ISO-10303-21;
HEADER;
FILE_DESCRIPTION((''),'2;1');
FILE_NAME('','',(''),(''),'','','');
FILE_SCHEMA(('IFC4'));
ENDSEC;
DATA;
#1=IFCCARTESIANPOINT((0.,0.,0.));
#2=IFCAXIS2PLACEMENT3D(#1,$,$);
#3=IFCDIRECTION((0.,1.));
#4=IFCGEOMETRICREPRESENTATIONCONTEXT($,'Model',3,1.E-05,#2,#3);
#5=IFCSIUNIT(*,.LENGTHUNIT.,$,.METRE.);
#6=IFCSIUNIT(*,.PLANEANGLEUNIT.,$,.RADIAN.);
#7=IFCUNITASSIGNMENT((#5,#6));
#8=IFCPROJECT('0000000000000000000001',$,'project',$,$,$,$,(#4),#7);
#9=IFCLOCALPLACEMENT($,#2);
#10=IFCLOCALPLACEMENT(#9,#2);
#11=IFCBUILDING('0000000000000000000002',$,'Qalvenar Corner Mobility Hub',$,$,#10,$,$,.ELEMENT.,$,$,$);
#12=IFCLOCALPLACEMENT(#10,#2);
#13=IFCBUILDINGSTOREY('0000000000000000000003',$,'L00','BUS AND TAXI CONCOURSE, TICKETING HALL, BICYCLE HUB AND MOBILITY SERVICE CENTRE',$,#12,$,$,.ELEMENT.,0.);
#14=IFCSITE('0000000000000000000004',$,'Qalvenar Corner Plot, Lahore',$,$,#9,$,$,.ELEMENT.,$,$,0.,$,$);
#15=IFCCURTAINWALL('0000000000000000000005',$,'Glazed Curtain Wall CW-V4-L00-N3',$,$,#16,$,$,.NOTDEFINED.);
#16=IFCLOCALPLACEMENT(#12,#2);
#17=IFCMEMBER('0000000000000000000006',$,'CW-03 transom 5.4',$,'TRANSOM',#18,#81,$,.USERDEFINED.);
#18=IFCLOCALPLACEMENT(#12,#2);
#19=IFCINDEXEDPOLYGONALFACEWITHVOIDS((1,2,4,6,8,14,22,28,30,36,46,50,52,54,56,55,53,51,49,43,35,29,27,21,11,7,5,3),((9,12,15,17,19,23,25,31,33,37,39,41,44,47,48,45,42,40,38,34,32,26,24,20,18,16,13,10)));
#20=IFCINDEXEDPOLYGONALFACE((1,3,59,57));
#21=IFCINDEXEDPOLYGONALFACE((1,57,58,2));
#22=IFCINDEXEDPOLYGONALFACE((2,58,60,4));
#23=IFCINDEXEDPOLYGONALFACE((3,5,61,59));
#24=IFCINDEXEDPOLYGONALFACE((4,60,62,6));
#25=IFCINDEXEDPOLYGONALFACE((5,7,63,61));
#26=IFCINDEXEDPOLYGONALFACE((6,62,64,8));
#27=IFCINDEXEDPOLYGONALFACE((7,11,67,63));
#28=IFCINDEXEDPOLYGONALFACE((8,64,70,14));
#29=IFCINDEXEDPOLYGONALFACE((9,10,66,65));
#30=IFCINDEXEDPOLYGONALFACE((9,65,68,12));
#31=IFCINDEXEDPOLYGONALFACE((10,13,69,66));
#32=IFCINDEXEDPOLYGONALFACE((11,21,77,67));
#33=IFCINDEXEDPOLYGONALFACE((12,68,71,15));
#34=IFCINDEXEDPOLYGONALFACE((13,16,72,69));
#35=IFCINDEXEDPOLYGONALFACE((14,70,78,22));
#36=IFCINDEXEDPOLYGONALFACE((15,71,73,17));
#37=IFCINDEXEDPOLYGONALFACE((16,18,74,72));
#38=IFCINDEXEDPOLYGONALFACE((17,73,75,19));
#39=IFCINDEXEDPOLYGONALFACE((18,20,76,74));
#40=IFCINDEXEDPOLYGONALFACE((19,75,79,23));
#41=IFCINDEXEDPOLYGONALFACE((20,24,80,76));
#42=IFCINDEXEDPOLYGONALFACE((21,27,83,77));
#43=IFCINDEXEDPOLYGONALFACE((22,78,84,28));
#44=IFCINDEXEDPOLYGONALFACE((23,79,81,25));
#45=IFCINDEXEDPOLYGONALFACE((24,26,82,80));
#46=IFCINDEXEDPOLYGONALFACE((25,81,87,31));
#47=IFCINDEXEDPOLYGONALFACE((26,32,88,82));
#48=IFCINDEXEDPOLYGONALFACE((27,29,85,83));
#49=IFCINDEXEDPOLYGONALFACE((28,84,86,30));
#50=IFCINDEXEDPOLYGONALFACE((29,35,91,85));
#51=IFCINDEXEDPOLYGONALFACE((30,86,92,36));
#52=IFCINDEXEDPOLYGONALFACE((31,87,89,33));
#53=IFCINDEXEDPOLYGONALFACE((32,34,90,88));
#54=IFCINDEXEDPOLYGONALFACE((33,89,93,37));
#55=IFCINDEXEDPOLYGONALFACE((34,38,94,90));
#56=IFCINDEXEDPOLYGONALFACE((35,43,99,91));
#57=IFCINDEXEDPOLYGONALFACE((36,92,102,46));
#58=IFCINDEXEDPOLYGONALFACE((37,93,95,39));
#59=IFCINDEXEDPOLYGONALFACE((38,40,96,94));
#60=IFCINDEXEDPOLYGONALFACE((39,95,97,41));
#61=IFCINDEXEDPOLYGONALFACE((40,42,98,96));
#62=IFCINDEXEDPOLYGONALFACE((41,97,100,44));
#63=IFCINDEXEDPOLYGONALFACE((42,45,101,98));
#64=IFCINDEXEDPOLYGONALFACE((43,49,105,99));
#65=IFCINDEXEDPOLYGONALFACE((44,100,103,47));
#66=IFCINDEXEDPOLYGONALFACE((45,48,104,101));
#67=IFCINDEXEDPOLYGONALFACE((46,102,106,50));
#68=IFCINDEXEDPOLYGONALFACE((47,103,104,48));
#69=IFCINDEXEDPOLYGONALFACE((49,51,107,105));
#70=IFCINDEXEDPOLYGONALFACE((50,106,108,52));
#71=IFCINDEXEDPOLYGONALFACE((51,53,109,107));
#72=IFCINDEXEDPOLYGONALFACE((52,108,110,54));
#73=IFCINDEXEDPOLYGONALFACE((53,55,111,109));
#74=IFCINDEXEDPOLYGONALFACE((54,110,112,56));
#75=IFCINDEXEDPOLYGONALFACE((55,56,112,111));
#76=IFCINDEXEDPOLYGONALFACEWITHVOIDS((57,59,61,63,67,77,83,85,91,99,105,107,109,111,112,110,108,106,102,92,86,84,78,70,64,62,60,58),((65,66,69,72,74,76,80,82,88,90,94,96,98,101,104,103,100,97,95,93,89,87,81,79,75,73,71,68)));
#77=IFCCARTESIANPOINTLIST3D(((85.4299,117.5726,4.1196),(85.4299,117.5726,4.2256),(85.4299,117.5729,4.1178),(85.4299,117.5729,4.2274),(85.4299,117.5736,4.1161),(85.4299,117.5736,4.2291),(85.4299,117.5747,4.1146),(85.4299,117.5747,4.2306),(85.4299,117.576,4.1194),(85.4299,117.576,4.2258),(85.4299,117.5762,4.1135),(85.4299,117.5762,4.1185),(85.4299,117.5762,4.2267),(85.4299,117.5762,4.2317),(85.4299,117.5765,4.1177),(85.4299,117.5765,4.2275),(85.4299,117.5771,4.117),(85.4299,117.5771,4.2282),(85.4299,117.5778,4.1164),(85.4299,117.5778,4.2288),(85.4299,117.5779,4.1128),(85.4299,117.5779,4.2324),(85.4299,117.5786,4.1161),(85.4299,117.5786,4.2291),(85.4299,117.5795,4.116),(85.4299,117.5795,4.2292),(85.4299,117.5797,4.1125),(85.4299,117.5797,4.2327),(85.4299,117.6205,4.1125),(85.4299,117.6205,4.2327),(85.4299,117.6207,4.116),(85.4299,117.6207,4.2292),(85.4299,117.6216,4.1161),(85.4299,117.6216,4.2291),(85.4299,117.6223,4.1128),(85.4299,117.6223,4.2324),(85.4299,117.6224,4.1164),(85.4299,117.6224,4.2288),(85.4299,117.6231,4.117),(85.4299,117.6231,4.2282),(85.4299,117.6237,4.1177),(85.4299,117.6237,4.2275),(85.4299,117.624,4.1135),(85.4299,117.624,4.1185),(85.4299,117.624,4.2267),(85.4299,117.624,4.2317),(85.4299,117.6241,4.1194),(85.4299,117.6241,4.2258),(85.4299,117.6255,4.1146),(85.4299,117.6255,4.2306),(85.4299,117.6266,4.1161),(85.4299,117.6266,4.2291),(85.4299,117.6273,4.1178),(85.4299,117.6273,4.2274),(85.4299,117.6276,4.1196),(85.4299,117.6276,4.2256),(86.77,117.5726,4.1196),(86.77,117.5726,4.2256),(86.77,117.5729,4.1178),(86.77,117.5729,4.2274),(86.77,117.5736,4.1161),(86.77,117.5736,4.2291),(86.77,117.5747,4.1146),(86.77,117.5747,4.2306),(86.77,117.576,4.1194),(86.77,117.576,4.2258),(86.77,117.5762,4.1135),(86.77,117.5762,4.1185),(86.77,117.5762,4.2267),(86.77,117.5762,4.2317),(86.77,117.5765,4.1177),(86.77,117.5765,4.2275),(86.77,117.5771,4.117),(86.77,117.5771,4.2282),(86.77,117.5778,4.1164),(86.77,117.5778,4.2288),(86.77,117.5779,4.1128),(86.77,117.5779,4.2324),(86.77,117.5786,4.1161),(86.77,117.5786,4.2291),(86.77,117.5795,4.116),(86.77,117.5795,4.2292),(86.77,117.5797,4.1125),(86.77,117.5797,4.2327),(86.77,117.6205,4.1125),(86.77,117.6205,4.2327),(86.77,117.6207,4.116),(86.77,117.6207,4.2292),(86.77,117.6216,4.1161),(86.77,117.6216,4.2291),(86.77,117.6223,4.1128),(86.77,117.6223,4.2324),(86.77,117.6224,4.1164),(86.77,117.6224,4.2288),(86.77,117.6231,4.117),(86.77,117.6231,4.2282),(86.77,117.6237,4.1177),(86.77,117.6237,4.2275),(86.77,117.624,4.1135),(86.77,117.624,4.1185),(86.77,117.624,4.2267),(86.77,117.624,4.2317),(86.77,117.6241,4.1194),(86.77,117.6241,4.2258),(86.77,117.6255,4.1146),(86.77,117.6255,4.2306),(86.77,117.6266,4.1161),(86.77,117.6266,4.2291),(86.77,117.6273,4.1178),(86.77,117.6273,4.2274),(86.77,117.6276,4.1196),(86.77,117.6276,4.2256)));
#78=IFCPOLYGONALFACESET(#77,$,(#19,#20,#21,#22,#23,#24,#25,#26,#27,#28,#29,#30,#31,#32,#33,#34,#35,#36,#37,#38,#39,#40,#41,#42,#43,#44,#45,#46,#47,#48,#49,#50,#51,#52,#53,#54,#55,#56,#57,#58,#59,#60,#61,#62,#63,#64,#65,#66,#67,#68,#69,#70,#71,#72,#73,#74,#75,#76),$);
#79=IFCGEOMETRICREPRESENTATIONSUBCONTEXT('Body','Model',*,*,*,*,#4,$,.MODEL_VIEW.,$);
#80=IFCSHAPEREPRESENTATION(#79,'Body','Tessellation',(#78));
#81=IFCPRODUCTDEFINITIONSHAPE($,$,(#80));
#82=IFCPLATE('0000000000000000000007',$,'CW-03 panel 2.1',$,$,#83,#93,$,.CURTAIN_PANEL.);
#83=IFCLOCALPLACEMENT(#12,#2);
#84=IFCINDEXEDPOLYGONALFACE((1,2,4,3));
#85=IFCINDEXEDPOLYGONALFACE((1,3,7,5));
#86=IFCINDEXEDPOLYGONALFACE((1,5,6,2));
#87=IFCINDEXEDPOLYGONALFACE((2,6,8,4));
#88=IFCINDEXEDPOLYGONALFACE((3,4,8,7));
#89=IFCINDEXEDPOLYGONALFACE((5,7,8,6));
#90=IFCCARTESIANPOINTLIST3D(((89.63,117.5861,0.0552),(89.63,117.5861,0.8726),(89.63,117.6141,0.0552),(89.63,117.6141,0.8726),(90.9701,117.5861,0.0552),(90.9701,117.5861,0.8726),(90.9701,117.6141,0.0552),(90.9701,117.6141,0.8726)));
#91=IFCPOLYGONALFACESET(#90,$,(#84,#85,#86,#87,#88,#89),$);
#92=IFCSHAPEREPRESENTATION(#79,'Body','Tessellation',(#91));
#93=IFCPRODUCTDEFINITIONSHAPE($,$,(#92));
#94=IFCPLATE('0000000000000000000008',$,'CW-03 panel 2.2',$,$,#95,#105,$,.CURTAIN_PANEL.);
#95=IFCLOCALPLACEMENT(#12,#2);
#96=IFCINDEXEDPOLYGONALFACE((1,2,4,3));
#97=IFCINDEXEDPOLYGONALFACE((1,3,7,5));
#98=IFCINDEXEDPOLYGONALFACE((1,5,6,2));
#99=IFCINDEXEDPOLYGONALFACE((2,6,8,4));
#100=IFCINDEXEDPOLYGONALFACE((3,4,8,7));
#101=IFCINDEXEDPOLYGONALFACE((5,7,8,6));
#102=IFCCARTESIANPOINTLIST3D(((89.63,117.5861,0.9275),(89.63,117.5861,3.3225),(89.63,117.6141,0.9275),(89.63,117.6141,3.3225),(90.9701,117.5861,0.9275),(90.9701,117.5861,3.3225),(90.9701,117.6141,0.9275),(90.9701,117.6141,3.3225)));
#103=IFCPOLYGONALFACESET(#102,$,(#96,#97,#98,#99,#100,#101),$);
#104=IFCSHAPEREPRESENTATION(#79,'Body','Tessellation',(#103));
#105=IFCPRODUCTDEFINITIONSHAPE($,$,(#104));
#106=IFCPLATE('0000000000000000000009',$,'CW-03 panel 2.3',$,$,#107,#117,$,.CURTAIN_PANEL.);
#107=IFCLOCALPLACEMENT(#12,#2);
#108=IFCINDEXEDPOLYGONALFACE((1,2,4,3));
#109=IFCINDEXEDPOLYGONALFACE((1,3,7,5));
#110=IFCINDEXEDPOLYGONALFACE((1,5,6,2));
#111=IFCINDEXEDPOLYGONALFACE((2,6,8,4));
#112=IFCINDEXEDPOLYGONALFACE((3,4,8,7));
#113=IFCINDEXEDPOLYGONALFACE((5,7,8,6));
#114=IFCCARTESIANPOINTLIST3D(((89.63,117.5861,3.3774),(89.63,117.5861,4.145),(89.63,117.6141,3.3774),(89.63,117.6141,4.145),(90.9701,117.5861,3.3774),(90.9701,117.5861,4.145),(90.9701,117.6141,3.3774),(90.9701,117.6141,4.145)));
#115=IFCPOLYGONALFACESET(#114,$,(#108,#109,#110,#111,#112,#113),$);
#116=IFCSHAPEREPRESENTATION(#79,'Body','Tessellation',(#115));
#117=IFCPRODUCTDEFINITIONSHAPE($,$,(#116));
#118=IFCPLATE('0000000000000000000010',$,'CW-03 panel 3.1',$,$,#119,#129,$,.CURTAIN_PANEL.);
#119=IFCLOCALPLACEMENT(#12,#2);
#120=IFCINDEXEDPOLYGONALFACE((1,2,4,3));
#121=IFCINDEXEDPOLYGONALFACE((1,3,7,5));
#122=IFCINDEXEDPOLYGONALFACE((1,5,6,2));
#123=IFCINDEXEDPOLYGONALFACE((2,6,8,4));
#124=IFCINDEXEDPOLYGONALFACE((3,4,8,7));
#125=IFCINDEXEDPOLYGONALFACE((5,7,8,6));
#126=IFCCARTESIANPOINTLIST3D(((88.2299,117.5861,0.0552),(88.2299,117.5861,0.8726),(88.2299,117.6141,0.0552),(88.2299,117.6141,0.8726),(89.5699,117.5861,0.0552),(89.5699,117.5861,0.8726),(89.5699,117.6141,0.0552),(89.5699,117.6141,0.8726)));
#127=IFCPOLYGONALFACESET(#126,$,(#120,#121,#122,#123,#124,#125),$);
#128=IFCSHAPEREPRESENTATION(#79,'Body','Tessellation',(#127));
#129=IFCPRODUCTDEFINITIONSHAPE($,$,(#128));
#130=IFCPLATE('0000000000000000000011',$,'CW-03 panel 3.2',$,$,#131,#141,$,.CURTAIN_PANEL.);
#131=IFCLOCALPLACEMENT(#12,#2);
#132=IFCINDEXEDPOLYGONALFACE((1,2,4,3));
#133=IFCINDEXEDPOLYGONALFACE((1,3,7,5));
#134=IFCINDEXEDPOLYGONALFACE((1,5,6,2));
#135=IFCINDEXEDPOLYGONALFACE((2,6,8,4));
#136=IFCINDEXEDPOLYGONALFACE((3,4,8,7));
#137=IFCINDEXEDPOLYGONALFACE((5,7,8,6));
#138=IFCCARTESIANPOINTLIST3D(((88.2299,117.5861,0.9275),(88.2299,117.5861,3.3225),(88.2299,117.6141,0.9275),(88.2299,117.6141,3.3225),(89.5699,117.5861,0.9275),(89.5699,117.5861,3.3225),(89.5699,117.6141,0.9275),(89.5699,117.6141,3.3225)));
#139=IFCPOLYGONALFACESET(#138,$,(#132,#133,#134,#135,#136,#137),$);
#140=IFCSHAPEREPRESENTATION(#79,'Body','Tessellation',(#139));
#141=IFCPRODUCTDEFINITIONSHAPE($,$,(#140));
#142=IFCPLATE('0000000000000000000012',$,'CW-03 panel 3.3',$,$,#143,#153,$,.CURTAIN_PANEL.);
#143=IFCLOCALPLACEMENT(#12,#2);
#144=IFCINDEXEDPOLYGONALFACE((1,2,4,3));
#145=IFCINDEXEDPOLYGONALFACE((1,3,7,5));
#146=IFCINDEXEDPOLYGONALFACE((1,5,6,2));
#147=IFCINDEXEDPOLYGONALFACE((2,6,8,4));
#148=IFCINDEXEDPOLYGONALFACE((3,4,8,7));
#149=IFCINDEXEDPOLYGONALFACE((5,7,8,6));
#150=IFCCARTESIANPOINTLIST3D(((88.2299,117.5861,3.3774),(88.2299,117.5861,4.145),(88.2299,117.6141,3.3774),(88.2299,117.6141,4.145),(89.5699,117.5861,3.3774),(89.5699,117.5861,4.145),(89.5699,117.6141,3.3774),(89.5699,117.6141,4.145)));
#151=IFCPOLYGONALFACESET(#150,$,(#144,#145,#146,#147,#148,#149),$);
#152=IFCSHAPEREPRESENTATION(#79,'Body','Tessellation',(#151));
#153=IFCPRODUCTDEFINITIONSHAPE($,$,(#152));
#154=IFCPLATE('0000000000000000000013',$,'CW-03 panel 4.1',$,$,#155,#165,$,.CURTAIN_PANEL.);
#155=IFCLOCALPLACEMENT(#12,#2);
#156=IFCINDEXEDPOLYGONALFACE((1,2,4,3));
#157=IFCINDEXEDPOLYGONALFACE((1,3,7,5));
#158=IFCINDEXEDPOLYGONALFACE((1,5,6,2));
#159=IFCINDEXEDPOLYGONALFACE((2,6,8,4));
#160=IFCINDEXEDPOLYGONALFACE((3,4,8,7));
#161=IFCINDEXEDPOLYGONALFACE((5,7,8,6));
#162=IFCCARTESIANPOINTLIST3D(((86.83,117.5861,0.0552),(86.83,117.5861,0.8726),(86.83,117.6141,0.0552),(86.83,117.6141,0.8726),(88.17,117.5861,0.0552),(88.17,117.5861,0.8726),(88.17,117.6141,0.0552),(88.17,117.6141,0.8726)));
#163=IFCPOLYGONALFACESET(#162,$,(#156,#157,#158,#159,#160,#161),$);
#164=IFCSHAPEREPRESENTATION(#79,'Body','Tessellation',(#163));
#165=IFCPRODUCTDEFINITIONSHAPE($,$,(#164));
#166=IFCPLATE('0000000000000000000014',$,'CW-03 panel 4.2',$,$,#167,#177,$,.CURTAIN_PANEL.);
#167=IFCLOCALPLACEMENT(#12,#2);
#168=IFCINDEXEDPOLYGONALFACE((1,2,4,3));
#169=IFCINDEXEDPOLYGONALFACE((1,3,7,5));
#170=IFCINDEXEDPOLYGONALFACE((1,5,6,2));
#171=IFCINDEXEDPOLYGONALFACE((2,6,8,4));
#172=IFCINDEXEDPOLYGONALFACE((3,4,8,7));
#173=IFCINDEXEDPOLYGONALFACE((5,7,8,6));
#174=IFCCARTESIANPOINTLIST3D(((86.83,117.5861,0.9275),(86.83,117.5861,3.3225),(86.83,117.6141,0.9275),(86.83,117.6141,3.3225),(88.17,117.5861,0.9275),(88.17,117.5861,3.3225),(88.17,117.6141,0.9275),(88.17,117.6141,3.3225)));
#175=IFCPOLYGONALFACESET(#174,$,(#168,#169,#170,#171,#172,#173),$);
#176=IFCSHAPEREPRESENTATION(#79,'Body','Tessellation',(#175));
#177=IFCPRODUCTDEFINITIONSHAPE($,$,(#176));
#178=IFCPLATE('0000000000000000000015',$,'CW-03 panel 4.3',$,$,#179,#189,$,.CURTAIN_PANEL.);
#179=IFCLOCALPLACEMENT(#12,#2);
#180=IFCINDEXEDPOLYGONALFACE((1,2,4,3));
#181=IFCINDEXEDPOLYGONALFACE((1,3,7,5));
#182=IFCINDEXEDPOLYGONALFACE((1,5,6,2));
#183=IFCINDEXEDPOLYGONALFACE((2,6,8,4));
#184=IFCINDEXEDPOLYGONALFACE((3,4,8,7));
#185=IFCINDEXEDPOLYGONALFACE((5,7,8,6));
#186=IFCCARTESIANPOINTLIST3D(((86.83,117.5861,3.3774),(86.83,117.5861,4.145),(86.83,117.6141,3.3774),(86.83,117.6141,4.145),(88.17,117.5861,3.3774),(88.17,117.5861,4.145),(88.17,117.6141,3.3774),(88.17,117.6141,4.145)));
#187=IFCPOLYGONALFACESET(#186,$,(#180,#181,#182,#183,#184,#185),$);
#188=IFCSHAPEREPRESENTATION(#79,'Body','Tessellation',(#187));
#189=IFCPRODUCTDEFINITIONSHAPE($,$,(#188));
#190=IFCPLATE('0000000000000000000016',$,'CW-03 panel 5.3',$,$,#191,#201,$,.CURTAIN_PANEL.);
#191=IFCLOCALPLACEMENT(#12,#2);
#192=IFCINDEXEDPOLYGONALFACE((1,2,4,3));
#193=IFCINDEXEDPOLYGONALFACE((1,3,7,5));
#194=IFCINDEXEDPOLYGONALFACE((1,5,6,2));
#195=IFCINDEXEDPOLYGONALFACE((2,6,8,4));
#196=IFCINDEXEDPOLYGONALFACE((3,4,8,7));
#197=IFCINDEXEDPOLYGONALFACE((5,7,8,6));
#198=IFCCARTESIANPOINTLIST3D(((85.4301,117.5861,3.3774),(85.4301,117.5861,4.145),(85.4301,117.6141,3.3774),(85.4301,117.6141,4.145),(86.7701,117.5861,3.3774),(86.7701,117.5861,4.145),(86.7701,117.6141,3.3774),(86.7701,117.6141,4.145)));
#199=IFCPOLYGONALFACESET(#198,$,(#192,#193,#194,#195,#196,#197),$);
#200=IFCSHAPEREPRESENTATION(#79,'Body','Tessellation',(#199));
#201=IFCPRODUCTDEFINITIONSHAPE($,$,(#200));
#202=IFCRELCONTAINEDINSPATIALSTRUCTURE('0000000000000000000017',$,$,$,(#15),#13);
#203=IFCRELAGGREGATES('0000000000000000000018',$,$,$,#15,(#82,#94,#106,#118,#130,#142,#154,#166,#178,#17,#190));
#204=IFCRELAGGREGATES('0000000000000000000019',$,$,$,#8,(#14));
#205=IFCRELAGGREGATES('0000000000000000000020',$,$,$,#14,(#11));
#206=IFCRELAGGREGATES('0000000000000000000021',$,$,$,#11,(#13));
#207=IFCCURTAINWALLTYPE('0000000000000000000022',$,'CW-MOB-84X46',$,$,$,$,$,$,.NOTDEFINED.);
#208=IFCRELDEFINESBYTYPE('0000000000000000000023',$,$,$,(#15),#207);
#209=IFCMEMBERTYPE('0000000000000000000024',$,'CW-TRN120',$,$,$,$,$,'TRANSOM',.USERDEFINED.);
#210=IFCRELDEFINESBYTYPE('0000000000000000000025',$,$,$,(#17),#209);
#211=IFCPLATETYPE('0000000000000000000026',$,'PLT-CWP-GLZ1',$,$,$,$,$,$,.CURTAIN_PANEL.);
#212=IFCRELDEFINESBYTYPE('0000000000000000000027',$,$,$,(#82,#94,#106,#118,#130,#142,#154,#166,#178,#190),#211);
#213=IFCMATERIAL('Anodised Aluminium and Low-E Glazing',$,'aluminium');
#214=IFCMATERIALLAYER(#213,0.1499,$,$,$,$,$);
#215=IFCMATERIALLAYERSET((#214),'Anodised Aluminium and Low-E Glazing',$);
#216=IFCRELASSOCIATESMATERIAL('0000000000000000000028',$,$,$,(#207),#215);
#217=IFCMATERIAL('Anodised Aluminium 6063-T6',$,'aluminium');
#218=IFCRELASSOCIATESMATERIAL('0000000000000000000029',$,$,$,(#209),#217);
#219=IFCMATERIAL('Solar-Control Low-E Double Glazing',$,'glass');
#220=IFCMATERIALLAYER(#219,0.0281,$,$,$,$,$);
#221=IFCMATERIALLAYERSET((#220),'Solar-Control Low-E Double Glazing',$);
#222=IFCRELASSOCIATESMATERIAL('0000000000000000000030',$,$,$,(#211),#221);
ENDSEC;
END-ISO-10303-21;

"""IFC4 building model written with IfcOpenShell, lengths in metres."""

from ifc_helpers import new_model, si_unit, direction, frame, origin, origin_2d, place, context, subcontext, project, spatial, rectangle, hollow_rectangle, extrude, material, layer, layer_set, material_profile, profile_set, type_object, element, aggregate, save


model = new_model("IFC4")

# Units and contexts
model_context = context("Model", 3, precision=1e-05, world=origin(), true_north=direction((0.0, 1.0)))
body_context = subcontext(model_context, "Body", "Model", "MODEL_VIEW")
ifc_project = project(units=[si_unit("LENGTHUNIT", "METRE"), si_unit("PLANEANGLEUNIT", "RADIAN")], contexts=[model_context])

# Site, building, storey
site_placement = place(None, origin())
site = spatial("IfcSite", under=ifc_project, at=site_placement, Name="Qalvenar Corner Plot, Lahore", CompositionType="ELEMENT", RefElevation=0.0)
building_placement = place(site_placement, origin())
building = spatial("IfcBuilding", under=site, at=building_placement, Name="Qalvenar Corner Mobility Hub", CompositionType="ELEMENT")
storey_placement = place(building_placement, origin())
storey = spatial("IfcBuildingStorey", under=building, at=storey_placement, Name="L00", Description="BUS AND TAXI CONCOURSE, TICKETING HALL, BICYCLE HUB AND MOBILITY SERVICE CENTRE", CompositionType="ELEMENT", Elevation=0.0)

# Curtain wall, member, plates
ifc_material_1 = material(Name="Anodised Aluminium and Low-E Glazing", Category="aluminium")
ifc_layer_1 = layer(ifc_material_1, 0.1499)
ifc_layer_set_1 = layer_set([ifc_layer_1], Name="Anodised Aluminium and Low-E Glazing")
curtain_wall_type = type_object("IfcCurtainWallType", Name="CW-MOB-84X46", PredefinedType="NOTDEFINED", material=ifc_layer_set_1)
curtain_wall_placement = place(storey_placement, origin())
curtain_wall = element("IfcCurtainWall", 1, at=curtain_wall_placement, inside=storey, type_object=curtain_wall_type, Name="Glazed Curtain Wall CW-V4-L00-N3", PredefinedType="NOTDEFINED")
ifc_material_2 = material(Name="Anodised Aluminium 6063-T6", Category="aluminium")
ifc_material_profile_1 = material_profile(ifc_material_2, hollow_rectangle(XDim=0.0549, YDim=0.1201, WallThickness=0.0034, InnerFilletRadius=0.0034, OuterFilletRadius=0.0071, at=origin_2d()), Name="RHS120x55x3.5")
ifc_profile_set_1 = profile_set([ifc_material_profile_1], Name="Anodised Aluminium 6063-T6")
member_type_1 = type_object("IfcMemberType", Name="CW-TRN120", ElementType="TRANSOM", PredefinedType="USERDEFINED", material=ifc_profile_set_1)
member_1_placement = place(storey_placement, frame((86.77, 117.6001, 4.1726), z_axis=(-1.0, 0.0, 0.0), x_axis=(0.0, -1.0, 0.0)))
member_1 = element("IfcMember", 2, at=member_1_placement, type_object=member_type_1, Name="CW-03 transom 5.4", ObjectType="TRANSOM", PredefinedType="USERDEFINED", context=body_context, shape_type="SweptSolid", body=[
    extrude(hollow_rectangle(XDim=0.0549, YDim=0.1201, WallThickness=0.0034, InnerFilletRadius=0.0034, OuterFilletRadius=0.0071, at=origin_2d()), origin(), (0.0, 0.0, 1.0), 1.3401),
])
ifc_material_3 = material(Name="Solar-Control Low-E Double Glazing", Category="glass")
ifc_layer_2 = layer(ifc_material_3, 0.0281)
ifc_layer_set_2 = layer_set([ifc_layer_2], Name="Solar-Control Low-E Double Glazing")
plate_type = type_object("IfcPlateType", Name="PLT-CWP-GLZ1", PredefinedType="CURTAIN_PANEL", material=ifc_layer_set_2)
plate_1_placement = place(storey_placement, frame((90.3, 117.6001, 0.0552), z_axis=(0.0, 0.0, 1.0), x_axis=(-1.0, 0.0, 0.0)))
plate_1 = element("IfcPlate", 3, at=plate_1_placement, type_object=plate_type, Name="CW-03 panel 2.1", PredefinedType="CURTAIN_PANEL", context=body_context, shape_type="SweptSolid", body=[
    extrude(rectangle(XDim=1.3401, YDim=0.0281, at=origin_2d()), origin(), (0.0, 0.0, 1.0), 0.8174),
])
plate_2_placement = place(storey_placement, frame((90.3, 117.6001, 0.9275), z_axis=(0.0, 0.0, 1.0), x_axis=(-1.0, 0.0, 0.0)))
plate_2 = element("IfcPlate", 4, at=plate_2_placement, type_object=plate_type, Name="CW-03 panel 2.2", PredefinedType="CURTAIN_PANEL", context=body_context, shape_type="SweptSolid", body=[
    extrude(rectangle(XDim=1.3401, YDim=0.0281, at=origin_2d()), origin(), (0.0, 0.0, 1.0), 2.395),
])
plate_3_placement = place(storey_placement, frame((90.3, 117.6001, 3.3774), z_axis=(0.0, 0.0, 1.0), x_axis=(-1.0, 0.0, 0.0)))
plate_3 = element("IfcPlate", 5, at=plate_3_placement, type_object=plate_type, Name="CW-03 panel 2.3", PredefinedType="CURTAIN_PANEL", context=body_context, shape_type="SweptSolid", body=[
    extrude(rectangle(XDim=1.3401, YDim=0.0281, at=origin_2d()), origin(), (0.0, 0.0, 1.0), 0.7676),
])
plate_4_placement = place(storey_placement, frame((88.8999, 117.6001, 0.0552), z_axis=(0.0, 0.0, 1.0), x_axis=(-1.0, 0.0, 0.0)))
plate_4 = element("IfcPlate", 6, at=plate_4_placement, type_object=plate_type, Name="CW-03 panel 3.1", PredefinedType="CURTAIN_PANEL", context=body_context, shape_type="SweptSolid", body=[
    extrude(rectangle(XDim=1.3401, YDim=0.0281, at=origin_2d()), origin(), (0.0, 0.0, 1.0), 0.8174),
])
plate_5_placement = place(storey_placement, frame((88.8999, 117.6001, 0.9275), z_axis=(0.0, 0.0, 1.0), x_axis=(-1.0, 0.0, 0.0)))
plate_5 = element("IfcPlate", 7, at=plate_5_placement, type_object=plate_type, Name="CW-03 panel 3.2", PredefinedType="CURTAIN_PANEL", context=body_context, shape_type="SweptSolid", body=[
    extrude(rectangle(XDim=1.3401, YDim=0.0281, at=origin_2d()), origin(), (0.0, 0.0, 1.0), 2.395),
])
plate_6_placement = place(storey_placement, frame((88.8999, 117.6001, 3.3774), z_axis=(0.0, 0.0, 1.0), x_axis=(-1.0, 0.0, 0.0)))
plate_6 = element("IfcPlate", 8, at=plate_6_placement, type_object=plate_type, Name="CW-03 panel 3.3", PredefinedType="CURTAIN_PANEL", context=body_context, shape_type="SweptSolid", body=[
    extrude(rectangle(XDim=1.3401, YDim=0.0281, at=origin_2d()), origin(), (0.0, 0.0, 1.0), 0.7676),
])
plate_7_placement = place(storey_placement, frame((87.5, 117.6001, 0.0552), z_axis=(0.0, 0.0, 1.0), x_axis=(-1.0, 0.0, 0.0)))
plate_7 = element("IfcPlate", 9, at=plate_7_placement, type_object=plate_type, Name="CW-03 panel 4.1", PredefinedType="CURTAIN_PANEL", context=body_context, shape_type="SweptSolid", body=[
    extrude(rectangle(XDim=1.3401, YDim=0.0281, at=origin_2d()), origin(), (0.0, 0.0, 1.0), 0.8174),
])
plate_8_placement = place(storey_placement, frame((87.5, 117.6001, 0.9275), z_axis=(0.0, 0.0, 1.0), x_axis=(-1.0, 0.0, 0.0)))
plate_8 = element("IfcPlate", 10, at=plate_8_placement, type_object=plate_type, Name="CW-03 panel 4.2", PredefinedType="CURTAIN_PANEL", context=body_context, shape_type="SweptSolid", body=[
    extrude(rectangle(XDim=1.3401, YDim=0.0281, at=origin_2d()), origin(), (0.0, 0.0, 1.0), 2.395),
])
plate_9_placement = place(storey_placement, frame((87.5, 117.6001, 3.3774), z_axis=(0.0, 0.0, 1.0), x_axis=(-1.0, 0.0, 0.0)))
plate_9 = element("IfcPlate", 11, at=plate_9_placement, type_object=plate_type, Name="CW-03 panel 4.3", PredefinedType="CURTAIN_PANEL", context=body_context, shape_type="SweptSolid", body=[
    extrude(rectangle(XDim=1.3401, YDim=0.0281, at=origin_2d()), origin(), (0.0, 0.0, 1.0), 0.7676),
])
plate_10_placement = place(storey_placement, frame((86.1001, 117.6001, 3.3774), z_axis=(0.0, 0.0, 1.0), x_axis=(-1.0, 0.0, 0.0)))
plate_10 = element("IfcPlate", 12, at=plate_10_placement, type_object=plate_type, Name="CW-03 panel 5.3", PredefinedType="CURTAIN_PANEL", context=body_context, shape_type="SweptSolid", body=[
    extrude(rectangle(XDim=1.3401, YDim=0.0281, at=origin_2d()), origin(), (0.0, 0.0, 1.0), 0.7676),
])
aggregate(curtain_wall, [plate_1, plate_2, plate_3, plate_4, plate_5, plate_6, plate_7, plate_8, plate_9, member_1, plate_10])

save(model, "model.ifc")
